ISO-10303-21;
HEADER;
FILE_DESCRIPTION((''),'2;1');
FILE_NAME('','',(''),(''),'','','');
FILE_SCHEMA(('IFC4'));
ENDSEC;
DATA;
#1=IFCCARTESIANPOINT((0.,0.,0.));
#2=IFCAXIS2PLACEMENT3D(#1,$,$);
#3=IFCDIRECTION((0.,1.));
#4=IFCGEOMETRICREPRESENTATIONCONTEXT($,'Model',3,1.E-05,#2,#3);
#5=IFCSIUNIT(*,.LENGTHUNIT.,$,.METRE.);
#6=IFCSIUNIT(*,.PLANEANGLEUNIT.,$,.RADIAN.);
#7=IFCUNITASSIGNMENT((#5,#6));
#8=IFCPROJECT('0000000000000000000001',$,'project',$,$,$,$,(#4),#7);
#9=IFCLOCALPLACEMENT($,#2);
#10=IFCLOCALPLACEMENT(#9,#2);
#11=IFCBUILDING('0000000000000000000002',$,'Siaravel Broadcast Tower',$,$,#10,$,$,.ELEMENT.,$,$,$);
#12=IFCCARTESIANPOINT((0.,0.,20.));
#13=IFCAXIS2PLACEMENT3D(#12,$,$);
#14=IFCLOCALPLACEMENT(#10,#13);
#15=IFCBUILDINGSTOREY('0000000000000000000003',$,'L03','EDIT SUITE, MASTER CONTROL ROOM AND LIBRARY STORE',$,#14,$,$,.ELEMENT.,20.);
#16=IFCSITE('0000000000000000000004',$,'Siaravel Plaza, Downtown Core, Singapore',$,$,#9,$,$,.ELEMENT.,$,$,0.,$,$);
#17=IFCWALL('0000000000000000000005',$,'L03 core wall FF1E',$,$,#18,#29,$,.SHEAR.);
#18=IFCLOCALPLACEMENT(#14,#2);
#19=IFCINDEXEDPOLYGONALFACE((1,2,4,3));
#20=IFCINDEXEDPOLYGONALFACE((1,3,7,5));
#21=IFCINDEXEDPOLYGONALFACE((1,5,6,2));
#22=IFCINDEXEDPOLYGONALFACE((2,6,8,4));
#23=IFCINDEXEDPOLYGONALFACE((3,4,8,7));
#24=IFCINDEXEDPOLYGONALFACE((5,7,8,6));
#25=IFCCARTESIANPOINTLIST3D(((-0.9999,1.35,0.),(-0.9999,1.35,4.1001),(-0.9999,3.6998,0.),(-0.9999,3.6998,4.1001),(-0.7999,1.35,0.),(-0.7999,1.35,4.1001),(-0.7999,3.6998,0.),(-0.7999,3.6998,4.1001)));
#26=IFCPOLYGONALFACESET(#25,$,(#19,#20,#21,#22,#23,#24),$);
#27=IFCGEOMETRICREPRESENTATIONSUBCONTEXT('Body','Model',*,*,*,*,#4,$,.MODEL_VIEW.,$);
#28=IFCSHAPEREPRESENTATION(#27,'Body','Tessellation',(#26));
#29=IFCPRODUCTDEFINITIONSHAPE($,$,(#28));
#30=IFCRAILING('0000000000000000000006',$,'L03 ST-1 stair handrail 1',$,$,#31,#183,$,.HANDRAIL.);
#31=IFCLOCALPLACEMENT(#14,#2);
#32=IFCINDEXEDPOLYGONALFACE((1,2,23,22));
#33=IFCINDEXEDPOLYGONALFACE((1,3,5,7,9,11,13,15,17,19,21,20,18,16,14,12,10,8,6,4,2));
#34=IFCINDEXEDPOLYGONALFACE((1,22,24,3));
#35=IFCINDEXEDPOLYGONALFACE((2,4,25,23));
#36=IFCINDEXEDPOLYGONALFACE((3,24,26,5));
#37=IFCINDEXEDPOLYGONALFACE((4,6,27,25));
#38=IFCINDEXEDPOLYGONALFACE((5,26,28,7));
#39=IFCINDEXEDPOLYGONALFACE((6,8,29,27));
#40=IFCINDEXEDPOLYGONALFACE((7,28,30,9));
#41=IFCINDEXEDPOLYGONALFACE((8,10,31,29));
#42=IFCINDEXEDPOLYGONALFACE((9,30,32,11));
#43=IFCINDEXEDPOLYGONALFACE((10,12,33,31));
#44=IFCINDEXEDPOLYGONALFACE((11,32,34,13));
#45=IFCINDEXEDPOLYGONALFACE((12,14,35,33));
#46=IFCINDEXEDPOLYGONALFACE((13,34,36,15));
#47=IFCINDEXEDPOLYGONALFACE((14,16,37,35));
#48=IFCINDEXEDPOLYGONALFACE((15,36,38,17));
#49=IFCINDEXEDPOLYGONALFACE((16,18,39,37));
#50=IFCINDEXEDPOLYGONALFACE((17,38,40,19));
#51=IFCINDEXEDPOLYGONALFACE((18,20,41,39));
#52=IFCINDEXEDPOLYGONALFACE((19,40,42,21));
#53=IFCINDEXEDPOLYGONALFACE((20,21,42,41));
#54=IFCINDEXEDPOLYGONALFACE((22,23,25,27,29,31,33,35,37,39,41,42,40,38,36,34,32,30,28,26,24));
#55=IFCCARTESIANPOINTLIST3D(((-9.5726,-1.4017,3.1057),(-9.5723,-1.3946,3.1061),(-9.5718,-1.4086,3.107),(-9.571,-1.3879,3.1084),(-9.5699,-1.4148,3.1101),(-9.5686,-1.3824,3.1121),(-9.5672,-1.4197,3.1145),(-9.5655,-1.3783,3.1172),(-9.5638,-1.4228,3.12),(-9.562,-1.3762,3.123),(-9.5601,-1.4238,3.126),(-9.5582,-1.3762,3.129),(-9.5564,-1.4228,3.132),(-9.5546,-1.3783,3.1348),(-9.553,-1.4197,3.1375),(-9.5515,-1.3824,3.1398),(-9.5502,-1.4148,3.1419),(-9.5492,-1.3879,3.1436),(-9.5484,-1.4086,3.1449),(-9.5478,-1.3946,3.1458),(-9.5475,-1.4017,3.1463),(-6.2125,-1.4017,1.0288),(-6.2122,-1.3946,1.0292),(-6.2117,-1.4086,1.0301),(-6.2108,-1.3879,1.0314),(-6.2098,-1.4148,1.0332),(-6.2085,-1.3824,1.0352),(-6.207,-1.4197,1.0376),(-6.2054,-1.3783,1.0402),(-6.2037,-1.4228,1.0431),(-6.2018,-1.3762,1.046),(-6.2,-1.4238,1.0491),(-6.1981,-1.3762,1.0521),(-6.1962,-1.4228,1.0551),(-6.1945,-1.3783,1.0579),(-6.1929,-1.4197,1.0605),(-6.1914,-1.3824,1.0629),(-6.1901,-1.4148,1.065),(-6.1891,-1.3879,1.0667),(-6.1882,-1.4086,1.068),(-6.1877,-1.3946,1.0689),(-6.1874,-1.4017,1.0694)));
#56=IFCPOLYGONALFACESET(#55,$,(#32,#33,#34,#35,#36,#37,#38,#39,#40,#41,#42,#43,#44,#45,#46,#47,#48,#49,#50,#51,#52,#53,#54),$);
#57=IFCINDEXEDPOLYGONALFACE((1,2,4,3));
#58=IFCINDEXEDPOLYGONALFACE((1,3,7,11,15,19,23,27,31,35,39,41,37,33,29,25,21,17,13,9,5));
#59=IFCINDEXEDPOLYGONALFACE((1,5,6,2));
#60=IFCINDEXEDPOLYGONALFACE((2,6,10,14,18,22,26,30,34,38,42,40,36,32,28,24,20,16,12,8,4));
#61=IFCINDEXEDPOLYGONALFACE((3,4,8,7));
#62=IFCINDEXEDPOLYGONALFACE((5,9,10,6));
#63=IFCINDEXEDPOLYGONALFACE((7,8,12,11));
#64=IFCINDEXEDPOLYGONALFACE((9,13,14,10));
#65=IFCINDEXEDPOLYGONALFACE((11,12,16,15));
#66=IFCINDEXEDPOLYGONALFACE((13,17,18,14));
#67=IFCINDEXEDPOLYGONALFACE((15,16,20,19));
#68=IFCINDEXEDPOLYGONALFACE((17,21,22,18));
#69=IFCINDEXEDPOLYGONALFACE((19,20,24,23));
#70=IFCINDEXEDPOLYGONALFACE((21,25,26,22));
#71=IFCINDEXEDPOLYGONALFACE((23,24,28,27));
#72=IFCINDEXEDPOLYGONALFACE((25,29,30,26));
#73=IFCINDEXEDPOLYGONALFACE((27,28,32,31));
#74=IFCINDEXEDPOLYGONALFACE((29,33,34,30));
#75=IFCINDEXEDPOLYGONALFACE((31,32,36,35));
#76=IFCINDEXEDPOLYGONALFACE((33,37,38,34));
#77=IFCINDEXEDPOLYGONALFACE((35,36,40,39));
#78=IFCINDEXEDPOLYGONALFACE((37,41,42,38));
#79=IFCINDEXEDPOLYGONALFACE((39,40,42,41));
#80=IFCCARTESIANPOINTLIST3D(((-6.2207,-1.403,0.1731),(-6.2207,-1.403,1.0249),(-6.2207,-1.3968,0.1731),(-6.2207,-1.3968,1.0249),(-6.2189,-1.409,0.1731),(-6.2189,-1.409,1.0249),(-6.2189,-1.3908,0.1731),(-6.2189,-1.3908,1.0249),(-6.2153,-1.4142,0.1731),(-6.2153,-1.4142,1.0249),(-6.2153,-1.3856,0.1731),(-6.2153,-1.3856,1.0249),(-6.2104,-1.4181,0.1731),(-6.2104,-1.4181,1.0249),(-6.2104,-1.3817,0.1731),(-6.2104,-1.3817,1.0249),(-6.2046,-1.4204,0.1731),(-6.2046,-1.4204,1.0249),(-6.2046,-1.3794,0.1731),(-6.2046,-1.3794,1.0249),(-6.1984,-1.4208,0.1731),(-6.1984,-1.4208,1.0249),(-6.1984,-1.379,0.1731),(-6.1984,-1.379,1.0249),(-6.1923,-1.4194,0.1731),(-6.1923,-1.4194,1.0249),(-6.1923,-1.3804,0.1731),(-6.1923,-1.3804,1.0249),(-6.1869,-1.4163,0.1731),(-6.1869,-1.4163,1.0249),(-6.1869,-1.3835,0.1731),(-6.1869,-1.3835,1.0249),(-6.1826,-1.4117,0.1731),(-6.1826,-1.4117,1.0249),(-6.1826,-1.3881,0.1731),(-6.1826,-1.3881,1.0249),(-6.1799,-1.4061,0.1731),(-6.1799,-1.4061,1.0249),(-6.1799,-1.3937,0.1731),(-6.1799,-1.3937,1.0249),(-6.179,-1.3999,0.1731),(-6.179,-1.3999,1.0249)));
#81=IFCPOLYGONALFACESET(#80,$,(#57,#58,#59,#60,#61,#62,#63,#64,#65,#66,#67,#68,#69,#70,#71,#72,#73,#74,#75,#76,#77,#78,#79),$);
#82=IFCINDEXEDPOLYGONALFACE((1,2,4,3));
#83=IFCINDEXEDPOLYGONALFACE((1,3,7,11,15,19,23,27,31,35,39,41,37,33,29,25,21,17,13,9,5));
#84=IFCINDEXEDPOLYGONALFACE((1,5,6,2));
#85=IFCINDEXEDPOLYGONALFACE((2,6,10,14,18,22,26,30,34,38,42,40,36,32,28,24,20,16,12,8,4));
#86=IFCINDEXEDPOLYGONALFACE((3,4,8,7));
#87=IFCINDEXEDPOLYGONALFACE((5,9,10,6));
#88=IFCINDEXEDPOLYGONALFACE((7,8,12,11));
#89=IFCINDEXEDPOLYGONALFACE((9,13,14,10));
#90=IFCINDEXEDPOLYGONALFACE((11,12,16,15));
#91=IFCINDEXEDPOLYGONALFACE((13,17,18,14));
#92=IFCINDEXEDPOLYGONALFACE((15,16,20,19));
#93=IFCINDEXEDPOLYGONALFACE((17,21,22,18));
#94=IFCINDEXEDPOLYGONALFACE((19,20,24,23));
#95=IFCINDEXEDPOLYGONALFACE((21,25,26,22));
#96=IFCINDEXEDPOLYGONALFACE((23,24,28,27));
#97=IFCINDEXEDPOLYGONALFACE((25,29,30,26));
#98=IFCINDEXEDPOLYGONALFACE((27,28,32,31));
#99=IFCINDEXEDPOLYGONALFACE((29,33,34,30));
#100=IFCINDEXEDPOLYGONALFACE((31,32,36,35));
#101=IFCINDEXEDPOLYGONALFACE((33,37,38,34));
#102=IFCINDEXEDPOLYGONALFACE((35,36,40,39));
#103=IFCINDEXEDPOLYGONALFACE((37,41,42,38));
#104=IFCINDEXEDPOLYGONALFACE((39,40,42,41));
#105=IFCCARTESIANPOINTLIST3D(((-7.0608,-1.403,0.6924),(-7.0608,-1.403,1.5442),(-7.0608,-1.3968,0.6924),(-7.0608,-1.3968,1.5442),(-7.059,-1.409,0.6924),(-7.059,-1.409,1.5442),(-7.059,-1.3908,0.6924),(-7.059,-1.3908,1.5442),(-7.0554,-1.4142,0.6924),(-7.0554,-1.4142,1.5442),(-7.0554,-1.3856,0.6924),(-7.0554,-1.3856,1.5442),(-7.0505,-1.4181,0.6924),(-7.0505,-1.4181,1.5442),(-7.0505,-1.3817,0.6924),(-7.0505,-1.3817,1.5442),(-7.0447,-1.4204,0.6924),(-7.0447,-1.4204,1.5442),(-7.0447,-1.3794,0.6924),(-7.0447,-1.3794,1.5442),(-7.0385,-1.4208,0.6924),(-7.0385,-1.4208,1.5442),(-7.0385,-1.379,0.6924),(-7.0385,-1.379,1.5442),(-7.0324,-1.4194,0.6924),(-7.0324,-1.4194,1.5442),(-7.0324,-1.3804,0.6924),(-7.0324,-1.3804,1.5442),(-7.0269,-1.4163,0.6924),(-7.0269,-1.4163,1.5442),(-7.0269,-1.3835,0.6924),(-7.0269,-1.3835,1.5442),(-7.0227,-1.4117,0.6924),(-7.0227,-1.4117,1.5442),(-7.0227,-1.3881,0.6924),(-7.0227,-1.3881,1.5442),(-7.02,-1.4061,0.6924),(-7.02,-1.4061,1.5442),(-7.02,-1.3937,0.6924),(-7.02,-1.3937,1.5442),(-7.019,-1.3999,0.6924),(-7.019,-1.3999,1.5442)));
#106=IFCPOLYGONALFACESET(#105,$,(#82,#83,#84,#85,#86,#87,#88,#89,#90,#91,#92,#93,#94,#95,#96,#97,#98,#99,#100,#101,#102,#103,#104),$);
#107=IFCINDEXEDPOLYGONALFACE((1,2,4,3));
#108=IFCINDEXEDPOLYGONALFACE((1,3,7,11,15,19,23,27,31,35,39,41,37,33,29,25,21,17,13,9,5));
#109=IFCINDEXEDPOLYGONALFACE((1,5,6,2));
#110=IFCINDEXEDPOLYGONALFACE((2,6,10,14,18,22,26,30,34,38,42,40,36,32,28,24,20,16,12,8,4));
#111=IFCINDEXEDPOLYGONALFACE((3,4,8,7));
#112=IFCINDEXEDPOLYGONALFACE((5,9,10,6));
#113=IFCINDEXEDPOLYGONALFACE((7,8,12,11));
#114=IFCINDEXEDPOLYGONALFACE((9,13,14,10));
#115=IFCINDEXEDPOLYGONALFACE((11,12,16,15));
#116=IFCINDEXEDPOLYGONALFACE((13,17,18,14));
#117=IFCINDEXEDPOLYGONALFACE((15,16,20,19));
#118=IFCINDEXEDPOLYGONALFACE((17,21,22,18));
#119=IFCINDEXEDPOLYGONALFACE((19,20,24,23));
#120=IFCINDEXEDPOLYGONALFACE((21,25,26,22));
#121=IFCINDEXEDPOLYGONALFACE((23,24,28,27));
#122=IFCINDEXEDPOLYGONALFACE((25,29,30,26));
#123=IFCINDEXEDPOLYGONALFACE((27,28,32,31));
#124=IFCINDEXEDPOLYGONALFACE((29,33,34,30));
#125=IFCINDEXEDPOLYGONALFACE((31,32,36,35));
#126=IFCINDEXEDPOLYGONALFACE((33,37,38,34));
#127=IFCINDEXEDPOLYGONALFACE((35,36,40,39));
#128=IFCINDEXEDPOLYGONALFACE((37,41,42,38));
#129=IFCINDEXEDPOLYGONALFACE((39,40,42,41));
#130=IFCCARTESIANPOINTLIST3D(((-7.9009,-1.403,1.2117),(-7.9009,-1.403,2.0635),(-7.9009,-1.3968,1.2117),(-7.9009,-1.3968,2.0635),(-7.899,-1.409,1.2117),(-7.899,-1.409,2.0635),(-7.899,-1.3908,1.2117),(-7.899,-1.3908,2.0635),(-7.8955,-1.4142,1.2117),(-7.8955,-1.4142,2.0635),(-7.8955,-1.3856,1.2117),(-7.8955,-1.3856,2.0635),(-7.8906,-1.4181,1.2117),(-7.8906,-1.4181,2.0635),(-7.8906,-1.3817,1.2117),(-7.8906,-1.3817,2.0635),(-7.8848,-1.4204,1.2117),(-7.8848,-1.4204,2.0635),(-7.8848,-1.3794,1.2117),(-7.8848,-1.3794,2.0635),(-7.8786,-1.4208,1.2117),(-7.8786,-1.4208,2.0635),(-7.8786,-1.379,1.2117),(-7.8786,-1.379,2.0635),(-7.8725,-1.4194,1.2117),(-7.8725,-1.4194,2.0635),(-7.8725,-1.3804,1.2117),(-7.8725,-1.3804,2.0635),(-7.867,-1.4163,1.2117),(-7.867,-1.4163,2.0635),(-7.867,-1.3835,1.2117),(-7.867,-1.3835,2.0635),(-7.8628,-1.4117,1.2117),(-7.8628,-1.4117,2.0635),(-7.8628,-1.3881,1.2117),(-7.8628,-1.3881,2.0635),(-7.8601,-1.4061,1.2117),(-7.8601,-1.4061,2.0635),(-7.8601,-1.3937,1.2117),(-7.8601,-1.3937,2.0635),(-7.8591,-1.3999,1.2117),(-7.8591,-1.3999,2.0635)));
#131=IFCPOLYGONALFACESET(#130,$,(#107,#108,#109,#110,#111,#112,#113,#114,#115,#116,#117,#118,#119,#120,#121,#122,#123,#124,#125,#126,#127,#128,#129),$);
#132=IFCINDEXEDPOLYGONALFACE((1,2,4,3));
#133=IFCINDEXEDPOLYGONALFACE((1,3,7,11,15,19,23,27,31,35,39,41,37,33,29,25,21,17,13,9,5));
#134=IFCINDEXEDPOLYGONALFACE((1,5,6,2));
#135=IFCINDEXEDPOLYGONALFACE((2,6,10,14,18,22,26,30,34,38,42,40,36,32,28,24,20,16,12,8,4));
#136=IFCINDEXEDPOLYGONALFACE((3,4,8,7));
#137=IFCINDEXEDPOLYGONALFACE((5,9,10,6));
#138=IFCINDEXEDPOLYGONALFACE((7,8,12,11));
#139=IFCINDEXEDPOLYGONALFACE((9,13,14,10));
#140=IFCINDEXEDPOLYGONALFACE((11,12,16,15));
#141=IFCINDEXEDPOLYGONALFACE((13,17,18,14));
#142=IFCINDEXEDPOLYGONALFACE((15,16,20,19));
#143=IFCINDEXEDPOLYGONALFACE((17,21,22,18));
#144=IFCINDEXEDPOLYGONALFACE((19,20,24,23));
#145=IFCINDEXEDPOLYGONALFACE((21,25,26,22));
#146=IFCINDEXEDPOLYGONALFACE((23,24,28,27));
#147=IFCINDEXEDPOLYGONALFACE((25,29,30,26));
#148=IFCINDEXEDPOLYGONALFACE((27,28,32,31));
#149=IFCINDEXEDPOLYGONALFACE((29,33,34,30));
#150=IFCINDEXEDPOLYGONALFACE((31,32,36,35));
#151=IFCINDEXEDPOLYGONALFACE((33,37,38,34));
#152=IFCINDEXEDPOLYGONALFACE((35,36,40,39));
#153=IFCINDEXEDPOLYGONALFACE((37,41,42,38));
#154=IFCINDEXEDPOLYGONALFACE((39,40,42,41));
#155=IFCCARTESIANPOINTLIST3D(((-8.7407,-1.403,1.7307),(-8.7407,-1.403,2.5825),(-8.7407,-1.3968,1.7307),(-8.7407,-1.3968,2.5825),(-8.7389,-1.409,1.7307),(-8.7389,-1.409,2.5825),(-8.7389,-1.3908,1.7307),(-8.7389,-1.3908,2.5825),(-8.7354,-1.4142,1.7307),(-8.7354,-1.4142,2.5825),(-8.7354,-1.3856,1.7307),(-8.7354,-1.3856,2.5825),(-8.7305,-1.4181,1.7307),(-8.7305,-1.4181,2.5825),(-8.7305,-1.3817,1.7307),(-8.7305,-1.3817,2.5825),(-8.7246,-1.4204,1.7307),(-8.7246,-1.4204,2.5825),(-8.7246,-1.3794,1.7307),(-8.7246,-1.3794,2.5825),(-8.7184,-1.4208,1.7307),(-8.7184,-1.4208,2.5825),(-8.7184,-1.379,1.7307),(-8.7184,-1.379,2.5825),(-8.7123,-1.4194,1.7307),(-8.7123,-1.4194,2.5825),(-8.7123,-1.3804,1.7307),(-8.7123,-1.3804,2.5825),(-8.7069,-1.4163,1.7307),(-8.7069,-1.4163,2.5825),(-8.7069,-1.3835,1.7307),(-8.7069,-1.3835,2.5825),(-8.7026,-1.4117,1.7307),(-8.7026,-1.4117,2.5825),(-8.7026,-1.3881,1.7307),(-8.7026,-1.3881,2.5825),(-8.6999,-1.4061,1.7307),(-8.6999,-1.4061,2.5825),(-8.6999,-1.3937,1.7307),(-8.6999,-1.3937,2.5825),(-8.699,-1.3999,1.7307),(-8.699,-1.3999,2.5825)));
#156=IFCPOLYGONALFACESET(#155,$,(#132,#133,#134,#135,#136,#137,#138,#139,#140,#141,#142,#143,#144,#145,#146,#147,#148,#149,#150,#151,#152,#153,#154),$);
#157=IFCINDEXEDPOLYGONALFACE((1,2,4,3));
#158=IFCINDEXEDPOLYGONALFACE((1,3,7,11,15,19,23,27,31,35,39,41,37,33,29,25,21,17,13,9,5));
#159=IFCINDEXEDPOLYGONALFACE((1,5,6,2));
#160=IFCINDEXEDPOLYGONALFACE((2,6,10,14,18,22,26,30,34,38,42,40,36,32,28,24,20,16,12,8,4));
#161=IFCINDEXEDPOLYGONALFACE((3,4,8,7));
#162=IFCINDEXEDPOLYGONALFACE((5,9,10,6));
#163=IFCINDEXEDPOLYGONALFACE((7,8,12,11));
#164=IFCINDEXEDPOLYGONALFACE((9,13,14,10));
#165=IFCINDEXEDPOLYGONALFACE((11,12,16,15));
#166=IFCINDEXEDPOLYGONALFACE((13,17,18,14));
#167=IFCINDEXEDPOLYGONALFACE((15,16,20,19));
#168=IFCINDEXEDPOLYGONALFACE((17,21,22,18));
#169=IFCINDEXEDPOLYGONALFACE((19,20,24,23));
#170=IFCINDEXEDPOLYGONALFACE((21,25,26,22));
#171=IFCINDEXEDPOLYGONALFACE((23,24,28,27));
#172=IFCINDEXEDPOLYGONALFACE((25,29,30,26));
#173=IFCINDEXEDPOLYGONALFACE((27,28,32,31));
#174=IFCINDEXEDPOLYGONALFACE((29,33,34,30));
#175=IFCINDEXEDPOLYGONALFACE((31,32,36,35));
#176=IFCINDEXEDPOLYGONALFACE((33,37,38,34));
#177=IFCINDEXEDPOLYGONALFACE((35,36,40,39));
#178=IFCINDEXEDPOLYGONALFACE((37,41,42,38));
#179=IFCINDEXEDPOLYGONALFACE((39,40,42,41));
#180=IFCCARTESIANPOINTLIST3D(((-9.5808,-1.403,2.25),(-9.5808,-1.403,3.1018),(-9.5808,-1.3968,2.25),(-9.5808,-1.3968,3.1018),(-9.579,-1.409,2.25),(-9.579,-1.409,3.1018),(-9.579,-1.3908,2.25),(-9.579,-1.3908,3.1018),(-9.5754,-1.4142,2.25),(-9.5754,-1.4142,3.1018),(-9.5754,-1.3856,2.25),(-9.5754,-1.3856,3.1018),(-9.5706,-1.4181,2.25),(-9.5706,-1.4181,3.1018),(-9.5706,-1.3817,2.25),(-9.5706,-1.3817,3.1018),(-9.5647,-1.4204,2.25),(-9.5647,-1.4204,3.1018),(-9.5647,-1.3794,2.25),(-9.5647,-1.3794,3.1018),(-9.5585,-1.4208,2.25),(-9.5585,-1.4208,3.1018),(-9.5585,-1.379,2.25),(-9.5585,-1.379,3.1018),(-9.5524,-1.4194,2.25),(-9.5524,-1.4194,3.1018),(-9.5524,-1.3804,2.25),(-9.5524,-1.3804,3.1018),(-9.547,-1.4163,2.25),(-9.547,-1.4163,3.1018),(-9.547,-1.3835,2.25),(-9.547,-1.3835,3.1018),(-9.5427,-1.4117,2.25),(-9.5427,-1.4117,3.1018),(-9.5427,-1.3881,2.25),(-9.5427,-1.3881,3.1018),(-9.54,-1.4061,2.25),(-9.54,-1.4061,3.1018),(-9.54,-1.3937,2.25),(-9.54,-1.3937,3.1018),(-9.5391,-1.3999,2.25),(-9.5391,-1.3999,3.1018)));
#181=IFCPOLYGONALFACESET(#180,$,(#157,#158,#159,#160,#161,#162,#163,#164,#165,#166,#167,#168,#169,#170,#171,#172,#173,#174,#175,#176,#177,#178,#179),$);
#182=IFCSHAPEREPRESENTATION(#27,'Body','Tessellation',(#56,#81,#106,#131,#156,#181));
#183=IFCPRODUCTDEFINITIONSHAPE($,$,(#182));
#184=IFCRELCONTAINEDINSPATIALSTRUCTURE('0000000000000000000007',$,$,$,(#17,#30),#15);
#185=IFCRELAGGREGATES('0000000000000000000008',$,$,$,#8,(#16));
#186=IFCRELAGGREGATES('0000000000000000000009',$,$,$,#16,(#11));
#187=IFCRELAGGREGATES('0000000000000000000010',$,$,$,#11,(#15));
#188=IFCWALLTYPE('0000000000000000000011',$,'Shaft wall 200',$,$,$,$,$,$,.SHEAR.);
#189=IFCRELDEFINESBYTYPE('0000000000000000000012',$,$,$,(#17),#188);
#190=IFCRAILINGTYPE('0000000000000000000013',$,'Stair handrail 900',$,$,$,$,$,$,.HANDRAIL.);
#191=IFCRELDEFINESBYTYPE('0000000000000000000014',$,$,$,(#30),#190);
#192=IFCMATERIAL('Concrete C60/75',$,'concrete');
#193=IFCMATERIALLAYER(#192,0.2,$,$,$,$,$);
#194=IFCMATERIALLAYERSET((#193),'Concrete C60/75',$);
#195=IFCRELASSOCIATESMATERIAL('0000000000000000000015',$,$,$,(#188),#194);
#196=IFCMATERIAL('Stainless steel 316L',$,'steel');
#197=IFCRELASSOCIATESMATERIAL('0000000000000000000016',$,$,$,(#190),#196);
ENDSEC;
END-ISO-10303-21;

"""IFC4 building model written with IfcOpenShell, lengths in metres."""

from ifc_helpers import new_model, si_unit, direction, frame, frame_2d, origin, origin_2d, place, context, subcontext, project, spatial, rectangle, circle, extrude, material, layer, layer_set, type_object, element, save


model = new_model("IFC4")

# Units and contexts
model_context = context("Model", 3, precision=1e-05, world=origin(), true_north=direction((0.0, 1.0)))
body_context = subcontext(model_context, "Body", "Model", "MODEL_VIEW")
ifc_project = project(units=[si_unit("LENGTHUNIT", "METRE"), si_unit("PLANEANGLEUNIT", "RADIAN")], contexts=[model_context])

# Site, building, storey
site_placement = place(None, origin())
site = spatial("IfcSite", under=ifc_project, at=site_placement, Name="Siaravel Plaza, Downtown Core, Singapore", CompositionType="ELEMENT", RefElevation=0.0)
building_placement = place(site_placement, origin())
building = spatial("IfcBuilding", under=site, at=building_placement, Name="Siaravel Broadcast Tower", CompositionType="ELEMENT")
storey_placement = place(building_placement, frame((0.0, 0.0, 20.0)))
storey = spatial("IfcBuildingStorey", under=building, at=storey_placement, Name="L03", Description="EDIT SUITE, MASTER CONTROL ROOM AND LIBRARY STORE", CompositionType="ELEMENT", Elevation=20.0)

# Shared definitions
ifc_material_1 = material(Name="Concrete C60/75", Category="concrete")
ifc_material_2 = material(Name="Stainless steel 316L", Category="steel")

# Wall
ifc_layer_1 = layer(ifc_material_1, 0.2)
ifc_layer_set_1 = layer_set([ifc_layer_1], Name="Concrete C60/75")
wall_type_1 = type_object("IfcWallType", Name="Shaft wall 200", PredefinedType="SHEAR", material=ifc_layer_set_1)
wall_1_placement = place(storey_placement, frame((-0.8999, 1.3501, 0.0), z_axis=(0.0, 0.0, 1.0), x_axis=(0.0, 1.0, 0.0)))
element("IfcWall", 1, at=wall_1_placement, inside=storey, type_object=wall_type_1, Name="L03 core wall FF1E", PredefinedType="SHEAR", context=body_context, shape_type="SweptSolid", body=[
    extrude(rectangle(XDim=2.3499, YDim=0.2, at=frame_2d((1.1748, 0.0))), origin(), (0.0, 0.0, 1.0), 4.1001),
])

# Railing
railing_type = type_object("IfcRailingType", Name="Stair handrail 900", PredefinedType="HANDRAIL", material=ifc_material_2)
railing_placement = place(storey_placement, frame((-6.2, -1.3999, 0.1731)))
element("IfcRailing", 2, at=railing_placement, inside=storey, type_object=railing_type, Name="L03 ST-1 stair handrail 1", PredefinedType="HANDRAIL", context=body_context, shape_type="SweptSolid", body=[
    extrude(circle(Radius=0.0239, at=origin_2d()), frame((0.0, 0.0, 0.876), z_axis=(-0.850623, 0.0, 0.525776), x_axis=(0.0, -1.0, 0.0)), (0.0, 0.0, 1.0), 3.9502),
    extrude(circle(Radius=0.021, at=origin_2d()), origin(), (0.0, 0.0, 1.0), 0.8518),
    extrude(circle(Radius=0.021, at=origin_2d()), frame((-0.8401, 0.0, 0.5193)), (0.0, 0.0, 1.0), 0.8518),
    extrude(circle(Radius=0.021, at=origin_2d()), frame((-1.6802, 0.0, 1.0386)), (0.0, 0.0, 1.0), 0.8518),
    extrude(circle(Radius=0.021, at=origin_2d()), frame((-2.52, 0.0, 1.5576)), (0.0, 0.0, 1.0), 0.8518),
    extrude(circle(Radius=0.021, at=origin_2d()), frame((-3.3601, 0.0, 2.0769)), (0.0, 0.0, 1.0), 0.8518),
])

save(model, "model.ifc")
